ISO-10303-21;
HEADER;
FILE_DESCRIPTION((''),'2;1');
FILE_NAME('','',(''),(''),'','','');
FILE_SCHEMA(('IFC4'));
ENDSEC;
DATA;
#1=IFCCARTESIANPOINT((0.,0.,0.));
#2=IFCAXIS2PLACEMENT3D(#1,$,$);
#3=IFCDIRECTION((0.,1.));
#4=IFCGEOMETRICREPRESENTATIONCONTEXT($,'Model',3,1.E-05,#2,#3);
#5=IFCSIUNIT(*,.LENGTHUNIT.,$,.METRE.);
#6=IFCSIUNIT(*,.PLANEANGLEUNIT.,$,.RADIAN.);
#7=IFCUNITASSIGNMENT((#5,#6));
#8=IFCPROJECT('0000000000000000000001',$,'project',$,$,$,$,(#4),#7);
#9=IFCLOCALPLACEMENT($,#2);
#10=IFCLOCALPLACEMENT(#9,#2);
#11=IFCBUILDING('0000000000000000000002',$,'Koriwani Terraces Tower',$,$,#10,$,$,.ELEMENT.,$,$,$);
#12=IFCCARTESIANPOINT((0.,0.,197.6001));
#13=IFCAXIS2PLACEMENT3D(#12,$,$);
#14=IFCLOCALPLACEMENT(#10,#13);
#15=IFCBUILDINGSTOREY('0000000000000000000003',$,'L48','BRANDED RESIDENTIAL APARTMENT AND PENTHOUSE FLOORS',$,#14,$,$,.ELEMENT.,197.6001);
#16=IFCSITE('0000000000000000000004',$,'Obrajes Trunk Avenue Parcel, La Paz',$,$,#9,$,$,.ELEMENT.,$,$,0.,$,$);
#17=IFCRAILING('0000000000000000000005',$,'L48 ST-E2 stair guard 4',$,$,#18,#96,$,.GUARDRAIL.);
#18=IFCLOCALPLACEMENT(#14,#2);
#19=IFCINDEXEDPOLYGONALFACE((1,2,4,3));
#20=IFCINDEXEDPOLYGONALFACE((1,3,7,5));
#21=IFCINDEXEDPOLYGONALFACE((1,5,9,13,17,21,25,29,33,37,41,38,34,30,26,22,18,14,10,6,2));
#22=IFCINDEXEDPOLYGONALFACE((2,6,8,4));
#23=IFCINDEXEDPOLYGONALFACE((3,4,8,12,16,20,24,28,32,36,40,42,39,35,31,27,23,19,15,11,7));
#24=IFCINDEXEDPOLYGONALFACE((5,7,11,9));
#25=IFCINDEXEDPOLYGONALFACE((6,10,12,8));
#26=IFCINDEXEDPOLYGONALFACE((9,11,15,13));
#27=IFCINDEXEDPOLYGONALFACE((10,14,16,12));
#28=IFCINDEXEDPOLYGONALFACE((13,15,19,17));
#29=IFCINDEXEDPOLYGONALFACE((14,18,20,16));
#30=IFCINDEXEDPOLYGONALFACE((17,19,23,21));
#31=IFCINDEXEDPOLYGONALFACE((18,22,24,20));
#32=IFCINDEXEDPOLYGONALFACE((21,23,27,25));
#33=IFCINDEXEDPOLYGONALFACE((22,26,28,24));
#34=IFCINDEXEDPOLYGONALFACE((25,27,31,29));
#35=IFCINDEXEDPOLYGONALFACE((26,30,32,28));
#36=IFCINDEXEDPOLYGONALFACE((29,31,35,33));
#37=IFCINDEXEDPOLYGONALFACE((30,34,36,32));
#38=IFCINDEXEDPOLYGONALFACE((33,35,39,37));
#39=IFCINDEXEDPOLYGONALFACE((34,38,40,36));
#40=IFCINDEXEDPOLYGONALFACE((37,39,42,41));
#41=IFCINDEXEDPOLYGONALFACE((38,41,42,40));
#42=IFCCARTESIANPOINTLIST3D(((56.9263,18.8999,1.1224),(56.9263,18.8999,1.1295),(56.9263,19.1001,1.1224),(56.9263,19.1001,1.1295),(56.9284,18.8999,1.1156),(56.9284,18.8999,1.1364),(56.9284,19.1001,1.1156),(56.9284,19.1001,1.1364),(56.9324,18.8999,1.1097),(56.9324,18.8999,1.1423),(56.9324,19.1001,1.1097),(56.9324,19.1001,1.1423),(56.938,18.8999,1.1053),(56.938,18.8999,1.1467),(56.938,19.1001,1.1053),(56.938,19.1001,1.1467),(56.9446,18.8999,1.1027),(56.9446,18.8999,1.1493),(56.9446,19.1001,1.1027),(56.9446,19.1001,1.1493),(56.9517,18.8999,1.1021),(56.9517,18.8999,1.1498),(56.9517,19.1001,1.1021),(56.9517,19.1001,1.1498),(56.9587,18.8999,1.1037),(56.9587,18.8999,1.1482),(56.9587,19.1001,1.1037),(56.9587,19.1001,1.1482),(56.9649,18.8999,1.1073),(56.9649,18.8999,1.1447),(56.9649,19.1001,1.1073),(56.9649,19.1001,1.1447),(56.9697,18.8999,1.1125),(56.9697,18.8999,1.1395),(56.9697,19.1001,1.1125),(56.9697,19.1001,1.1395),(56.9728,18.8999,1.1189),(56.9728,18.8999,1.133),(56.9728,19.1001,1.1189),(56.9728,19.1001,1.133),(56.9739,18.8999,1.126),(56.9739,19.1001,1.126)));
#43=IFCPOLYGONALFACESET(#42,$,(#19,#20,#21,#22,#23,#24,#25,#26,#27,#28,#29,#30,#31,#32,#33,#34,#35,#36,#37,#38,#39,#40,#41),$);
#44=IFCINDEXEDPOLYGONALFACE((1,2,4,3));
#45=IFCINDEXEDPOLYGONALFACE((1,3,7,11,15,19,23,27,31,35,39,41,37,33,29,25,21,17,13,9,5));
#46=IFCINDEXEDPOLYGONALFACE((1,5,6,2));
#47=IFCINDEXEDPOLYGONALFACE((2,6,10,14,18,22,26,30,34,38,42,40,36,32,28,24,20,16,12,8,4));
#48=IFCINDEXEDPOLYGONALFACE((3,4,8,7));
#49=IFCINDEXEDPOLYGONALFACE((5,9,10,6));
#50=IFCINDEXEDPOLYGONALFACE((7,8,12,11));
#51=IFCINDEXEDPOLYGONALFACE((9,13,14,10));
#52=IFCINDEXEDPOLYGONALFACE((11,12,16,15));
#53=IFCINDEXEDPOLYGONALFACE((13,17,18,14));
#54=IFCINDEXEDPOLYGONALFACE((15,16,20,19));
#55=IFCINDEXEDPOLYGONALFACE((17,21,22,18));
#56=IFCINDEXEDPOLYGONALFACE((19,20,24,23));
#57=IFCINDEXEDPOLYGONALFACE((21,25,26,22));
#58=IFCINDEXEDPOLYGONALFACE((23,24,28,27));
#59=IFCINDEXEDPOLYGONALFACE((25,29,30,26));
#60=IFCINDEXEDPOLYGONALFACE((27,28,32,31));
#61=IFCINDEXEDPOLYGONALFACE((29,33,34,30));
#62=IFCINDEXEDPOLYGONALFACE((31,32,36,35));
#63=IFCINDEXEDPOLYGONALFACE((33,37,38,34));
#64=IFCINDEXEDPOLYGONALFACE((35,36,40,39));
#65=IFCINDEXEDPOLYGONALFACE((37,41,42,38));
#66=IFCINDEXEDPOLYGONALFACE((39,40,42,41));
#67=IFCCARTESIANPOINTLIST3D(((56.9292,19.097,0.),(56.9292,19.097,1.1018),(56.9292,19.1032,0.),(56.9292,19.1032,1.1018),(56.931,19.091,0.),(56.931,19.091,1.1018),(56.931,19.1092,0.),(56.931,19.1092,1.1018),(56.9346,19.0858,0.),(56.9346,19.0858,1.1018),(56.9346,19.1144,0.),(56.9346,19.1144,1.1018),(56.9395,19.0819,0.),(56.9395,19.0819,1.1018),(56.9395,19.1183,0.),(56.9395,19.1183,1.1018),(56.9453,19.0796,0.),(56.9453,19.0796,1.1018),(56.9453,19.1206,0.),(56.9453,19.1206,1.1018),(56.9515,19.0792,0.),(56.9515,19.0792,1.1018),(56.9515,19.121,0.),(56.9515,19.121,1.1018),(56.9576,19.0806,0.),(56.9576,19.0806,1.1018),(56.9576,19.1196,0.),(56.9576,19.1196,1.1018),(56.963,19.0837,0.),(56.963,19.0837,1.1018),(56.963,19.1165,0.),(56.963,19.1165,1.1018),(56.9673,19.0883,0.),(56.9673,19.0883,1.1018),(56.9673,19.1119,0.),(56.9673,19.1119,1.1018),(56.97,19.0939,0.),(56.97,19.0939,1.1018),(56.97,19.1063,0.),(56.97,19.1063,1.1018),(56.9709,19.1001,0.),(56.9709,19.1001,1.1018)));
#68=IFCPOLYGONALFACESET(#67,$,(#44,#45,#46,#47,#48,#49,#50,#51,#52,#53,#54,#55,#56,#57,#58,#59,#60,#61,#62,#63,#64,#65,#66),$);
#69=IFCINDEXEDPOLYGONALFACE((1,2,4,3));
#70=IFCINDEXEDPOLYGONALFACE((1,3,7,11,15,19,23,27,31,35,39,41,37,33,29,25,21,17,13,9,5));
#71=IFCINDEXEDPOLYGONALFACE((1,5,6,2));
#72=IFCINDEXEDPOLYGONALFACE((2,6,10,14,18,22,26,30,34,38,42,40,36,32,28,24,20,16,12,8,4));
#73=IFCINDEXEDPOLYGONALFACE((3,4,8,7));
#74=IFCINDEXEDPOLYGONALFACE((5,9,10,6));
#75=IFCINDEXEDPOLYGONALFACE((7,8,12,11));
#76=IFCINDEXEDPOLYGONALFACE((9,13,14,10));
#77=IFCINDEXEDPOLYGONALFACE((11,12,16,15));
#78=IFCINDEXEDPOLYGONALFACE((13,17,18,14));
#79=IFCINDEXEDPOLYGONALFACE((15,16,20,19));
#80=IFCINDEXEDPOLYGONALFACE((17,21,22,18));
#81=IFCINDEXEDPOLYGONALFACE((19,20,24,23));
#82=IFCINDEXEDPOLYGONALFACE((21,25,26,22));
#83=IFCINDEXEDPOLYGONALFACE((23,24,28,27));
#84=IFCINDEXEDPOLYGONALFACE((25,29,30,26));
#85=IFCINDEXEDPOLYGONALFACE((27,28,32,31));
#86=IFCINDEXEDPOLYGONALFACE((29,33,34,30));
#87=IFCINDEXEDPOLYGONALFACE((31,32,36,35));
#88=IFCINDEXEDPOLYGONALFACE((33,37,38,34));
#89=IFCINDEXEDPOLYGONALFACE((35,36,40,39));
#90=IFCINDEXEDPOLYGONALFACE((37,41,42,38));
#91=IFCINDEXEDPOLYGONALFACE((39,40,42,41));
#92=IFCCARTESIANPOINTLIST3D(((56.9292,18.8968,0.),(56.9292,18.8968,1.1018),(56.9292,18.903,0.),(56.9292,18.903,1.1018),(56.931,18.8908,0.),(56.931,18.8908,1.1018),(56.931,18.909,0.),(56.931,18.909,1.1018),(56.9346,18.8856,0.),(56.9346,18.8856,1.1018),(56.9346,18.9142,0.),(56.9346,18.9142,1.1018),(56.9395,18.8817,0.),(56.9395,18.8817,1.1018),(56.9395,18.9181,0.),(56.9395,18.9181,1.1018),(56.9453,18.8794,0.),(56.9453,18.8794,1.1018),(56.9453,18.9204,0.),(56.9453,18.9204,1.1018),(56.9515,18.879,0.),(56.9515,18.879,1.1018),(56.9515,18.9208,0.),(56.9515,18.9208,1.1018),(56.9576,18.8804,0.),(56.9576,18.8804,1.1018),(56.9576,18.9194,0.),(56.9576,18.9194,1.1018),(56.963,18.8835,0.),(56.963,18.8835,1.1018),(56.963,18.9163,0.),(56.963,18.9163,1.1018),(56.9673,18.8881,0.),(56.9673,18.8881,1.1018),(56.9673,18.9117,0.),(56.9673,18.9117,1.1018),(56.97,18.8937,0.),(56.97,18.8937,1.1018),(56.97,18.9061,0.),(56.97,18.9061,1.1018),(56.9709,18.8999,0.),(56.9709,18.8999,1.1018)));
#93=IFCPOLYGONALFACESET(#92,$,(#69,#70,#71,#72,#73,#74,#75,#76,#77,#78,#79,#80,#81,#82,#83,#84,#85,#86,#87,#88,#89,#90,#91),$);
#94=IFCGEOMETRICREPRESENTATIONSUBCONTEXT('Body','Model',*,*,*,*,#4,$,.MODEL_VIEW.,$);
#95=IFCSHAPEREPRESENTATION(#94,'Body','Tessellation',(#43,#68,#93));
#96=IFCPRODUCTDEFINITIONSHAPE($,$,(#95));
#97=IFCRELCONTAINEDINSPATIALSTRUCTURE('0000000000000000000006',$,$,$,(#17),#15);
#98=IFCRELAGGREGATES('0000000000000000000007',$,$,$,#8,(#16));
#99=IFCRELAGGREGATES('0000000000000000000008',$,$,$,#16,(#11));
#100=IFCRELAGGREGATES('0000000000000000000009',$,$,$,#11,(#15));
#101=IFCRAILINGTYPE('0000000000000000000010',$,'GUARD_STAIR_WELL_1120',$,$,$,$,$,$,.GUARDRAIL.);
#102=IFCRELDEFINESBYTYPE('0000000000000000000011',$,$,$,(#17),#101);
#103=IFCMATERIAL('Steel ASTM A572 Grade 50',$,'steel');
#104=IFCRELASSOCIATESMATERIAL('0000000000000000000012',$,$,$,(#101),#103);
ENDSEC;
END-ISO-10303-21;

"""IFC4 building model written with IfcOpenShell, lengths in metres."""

from ifc_helpers import new_model, si_unit, direction, frame, origin, origin_2d, place, context, subcontext, project, spatial, circle, extrude, material, type_object, element, save


model = new_model("IFC4")

# Units and contexts
model_context = context("Model", 3, precision=1e-05, world=origin(), true_north=direction((0.0, 1.0)))
body_context = subcontext(model_context, "Body", "Model", "MODEL_VIEW")
ifc_project = project(units=[si_unit("LENGTHUNIT", "METRE"), si_unit("PLANEANGLEUNIT", "RADIAN")], contexts=[model_context])

# Site, building, storey
site_placement = place(None, origin())
site = spatial("IfcSite", under=ifc_project, at=site_placement, Name="Obrajes Trunk Avenue Parcel, La Paz", CompositionType="ELEMENT", RefElevation=0.0)
building_placement = place(site_placement, origin())
building = spatial("IfcBuilding", under=site, at=building_placement, Name="Koriwani Terraces Tower", CompositionType="ELEMENT")
storey_placement = place(building_placement, frame((0.0, 0.0, 197.6001)))
storey = spatial("IfcBuildingStorey", under=building, at=storey_placement, Name="L48", Description="BRANDED RESIDENTIAL APARTMENT AND PENTHOUSE FLOORS", CompositionType="ELEMENT", Elevation=197.6001)

# Shared definitions
ifc_material_1 = material(Name="Steel ASTM A572 Grade 50", Category="steel")

# Railing
railing_type_1 = type_object("IfcRailingType", Name="GUARD_STAIR_WELL_1120", PredefinedType="GUARDRAIL", material=ifc_material_1)
railing_1_placement = place(storey_placement, frame((56.95, 19.1001, 0.0)))
element("IfcRailing", 1, at=railing_1_placement, inside=storey, type_object=railing_type_1, Name="L48 ST-E2 stair guard 4", PredefinedType="GUARDRAIL", context=body_context, shape_type="SweptSolid", body=[
    extrude(circle(Radius=0.0239, at=origin_2d()), frame((0.0, 0.0, 1.126), z_axis=(0.0, -1.0, 0.0), x_axis=(1.0, 0.0, 0.0)), (0.0, 0.0, 1.0), 0.2002),
    extrude(circle(Radius=0.021, at=origin_2d()), origin(), (0.0, 0.0, 1.0), 1.1018),
    extrude(circle(Radius=0.021, at=origin_2d()), frame((0.0, -0.2002, 0.0)), (0.0, 0.0, 1.0), 1.1018),
])

save(model, "model.ifc")
